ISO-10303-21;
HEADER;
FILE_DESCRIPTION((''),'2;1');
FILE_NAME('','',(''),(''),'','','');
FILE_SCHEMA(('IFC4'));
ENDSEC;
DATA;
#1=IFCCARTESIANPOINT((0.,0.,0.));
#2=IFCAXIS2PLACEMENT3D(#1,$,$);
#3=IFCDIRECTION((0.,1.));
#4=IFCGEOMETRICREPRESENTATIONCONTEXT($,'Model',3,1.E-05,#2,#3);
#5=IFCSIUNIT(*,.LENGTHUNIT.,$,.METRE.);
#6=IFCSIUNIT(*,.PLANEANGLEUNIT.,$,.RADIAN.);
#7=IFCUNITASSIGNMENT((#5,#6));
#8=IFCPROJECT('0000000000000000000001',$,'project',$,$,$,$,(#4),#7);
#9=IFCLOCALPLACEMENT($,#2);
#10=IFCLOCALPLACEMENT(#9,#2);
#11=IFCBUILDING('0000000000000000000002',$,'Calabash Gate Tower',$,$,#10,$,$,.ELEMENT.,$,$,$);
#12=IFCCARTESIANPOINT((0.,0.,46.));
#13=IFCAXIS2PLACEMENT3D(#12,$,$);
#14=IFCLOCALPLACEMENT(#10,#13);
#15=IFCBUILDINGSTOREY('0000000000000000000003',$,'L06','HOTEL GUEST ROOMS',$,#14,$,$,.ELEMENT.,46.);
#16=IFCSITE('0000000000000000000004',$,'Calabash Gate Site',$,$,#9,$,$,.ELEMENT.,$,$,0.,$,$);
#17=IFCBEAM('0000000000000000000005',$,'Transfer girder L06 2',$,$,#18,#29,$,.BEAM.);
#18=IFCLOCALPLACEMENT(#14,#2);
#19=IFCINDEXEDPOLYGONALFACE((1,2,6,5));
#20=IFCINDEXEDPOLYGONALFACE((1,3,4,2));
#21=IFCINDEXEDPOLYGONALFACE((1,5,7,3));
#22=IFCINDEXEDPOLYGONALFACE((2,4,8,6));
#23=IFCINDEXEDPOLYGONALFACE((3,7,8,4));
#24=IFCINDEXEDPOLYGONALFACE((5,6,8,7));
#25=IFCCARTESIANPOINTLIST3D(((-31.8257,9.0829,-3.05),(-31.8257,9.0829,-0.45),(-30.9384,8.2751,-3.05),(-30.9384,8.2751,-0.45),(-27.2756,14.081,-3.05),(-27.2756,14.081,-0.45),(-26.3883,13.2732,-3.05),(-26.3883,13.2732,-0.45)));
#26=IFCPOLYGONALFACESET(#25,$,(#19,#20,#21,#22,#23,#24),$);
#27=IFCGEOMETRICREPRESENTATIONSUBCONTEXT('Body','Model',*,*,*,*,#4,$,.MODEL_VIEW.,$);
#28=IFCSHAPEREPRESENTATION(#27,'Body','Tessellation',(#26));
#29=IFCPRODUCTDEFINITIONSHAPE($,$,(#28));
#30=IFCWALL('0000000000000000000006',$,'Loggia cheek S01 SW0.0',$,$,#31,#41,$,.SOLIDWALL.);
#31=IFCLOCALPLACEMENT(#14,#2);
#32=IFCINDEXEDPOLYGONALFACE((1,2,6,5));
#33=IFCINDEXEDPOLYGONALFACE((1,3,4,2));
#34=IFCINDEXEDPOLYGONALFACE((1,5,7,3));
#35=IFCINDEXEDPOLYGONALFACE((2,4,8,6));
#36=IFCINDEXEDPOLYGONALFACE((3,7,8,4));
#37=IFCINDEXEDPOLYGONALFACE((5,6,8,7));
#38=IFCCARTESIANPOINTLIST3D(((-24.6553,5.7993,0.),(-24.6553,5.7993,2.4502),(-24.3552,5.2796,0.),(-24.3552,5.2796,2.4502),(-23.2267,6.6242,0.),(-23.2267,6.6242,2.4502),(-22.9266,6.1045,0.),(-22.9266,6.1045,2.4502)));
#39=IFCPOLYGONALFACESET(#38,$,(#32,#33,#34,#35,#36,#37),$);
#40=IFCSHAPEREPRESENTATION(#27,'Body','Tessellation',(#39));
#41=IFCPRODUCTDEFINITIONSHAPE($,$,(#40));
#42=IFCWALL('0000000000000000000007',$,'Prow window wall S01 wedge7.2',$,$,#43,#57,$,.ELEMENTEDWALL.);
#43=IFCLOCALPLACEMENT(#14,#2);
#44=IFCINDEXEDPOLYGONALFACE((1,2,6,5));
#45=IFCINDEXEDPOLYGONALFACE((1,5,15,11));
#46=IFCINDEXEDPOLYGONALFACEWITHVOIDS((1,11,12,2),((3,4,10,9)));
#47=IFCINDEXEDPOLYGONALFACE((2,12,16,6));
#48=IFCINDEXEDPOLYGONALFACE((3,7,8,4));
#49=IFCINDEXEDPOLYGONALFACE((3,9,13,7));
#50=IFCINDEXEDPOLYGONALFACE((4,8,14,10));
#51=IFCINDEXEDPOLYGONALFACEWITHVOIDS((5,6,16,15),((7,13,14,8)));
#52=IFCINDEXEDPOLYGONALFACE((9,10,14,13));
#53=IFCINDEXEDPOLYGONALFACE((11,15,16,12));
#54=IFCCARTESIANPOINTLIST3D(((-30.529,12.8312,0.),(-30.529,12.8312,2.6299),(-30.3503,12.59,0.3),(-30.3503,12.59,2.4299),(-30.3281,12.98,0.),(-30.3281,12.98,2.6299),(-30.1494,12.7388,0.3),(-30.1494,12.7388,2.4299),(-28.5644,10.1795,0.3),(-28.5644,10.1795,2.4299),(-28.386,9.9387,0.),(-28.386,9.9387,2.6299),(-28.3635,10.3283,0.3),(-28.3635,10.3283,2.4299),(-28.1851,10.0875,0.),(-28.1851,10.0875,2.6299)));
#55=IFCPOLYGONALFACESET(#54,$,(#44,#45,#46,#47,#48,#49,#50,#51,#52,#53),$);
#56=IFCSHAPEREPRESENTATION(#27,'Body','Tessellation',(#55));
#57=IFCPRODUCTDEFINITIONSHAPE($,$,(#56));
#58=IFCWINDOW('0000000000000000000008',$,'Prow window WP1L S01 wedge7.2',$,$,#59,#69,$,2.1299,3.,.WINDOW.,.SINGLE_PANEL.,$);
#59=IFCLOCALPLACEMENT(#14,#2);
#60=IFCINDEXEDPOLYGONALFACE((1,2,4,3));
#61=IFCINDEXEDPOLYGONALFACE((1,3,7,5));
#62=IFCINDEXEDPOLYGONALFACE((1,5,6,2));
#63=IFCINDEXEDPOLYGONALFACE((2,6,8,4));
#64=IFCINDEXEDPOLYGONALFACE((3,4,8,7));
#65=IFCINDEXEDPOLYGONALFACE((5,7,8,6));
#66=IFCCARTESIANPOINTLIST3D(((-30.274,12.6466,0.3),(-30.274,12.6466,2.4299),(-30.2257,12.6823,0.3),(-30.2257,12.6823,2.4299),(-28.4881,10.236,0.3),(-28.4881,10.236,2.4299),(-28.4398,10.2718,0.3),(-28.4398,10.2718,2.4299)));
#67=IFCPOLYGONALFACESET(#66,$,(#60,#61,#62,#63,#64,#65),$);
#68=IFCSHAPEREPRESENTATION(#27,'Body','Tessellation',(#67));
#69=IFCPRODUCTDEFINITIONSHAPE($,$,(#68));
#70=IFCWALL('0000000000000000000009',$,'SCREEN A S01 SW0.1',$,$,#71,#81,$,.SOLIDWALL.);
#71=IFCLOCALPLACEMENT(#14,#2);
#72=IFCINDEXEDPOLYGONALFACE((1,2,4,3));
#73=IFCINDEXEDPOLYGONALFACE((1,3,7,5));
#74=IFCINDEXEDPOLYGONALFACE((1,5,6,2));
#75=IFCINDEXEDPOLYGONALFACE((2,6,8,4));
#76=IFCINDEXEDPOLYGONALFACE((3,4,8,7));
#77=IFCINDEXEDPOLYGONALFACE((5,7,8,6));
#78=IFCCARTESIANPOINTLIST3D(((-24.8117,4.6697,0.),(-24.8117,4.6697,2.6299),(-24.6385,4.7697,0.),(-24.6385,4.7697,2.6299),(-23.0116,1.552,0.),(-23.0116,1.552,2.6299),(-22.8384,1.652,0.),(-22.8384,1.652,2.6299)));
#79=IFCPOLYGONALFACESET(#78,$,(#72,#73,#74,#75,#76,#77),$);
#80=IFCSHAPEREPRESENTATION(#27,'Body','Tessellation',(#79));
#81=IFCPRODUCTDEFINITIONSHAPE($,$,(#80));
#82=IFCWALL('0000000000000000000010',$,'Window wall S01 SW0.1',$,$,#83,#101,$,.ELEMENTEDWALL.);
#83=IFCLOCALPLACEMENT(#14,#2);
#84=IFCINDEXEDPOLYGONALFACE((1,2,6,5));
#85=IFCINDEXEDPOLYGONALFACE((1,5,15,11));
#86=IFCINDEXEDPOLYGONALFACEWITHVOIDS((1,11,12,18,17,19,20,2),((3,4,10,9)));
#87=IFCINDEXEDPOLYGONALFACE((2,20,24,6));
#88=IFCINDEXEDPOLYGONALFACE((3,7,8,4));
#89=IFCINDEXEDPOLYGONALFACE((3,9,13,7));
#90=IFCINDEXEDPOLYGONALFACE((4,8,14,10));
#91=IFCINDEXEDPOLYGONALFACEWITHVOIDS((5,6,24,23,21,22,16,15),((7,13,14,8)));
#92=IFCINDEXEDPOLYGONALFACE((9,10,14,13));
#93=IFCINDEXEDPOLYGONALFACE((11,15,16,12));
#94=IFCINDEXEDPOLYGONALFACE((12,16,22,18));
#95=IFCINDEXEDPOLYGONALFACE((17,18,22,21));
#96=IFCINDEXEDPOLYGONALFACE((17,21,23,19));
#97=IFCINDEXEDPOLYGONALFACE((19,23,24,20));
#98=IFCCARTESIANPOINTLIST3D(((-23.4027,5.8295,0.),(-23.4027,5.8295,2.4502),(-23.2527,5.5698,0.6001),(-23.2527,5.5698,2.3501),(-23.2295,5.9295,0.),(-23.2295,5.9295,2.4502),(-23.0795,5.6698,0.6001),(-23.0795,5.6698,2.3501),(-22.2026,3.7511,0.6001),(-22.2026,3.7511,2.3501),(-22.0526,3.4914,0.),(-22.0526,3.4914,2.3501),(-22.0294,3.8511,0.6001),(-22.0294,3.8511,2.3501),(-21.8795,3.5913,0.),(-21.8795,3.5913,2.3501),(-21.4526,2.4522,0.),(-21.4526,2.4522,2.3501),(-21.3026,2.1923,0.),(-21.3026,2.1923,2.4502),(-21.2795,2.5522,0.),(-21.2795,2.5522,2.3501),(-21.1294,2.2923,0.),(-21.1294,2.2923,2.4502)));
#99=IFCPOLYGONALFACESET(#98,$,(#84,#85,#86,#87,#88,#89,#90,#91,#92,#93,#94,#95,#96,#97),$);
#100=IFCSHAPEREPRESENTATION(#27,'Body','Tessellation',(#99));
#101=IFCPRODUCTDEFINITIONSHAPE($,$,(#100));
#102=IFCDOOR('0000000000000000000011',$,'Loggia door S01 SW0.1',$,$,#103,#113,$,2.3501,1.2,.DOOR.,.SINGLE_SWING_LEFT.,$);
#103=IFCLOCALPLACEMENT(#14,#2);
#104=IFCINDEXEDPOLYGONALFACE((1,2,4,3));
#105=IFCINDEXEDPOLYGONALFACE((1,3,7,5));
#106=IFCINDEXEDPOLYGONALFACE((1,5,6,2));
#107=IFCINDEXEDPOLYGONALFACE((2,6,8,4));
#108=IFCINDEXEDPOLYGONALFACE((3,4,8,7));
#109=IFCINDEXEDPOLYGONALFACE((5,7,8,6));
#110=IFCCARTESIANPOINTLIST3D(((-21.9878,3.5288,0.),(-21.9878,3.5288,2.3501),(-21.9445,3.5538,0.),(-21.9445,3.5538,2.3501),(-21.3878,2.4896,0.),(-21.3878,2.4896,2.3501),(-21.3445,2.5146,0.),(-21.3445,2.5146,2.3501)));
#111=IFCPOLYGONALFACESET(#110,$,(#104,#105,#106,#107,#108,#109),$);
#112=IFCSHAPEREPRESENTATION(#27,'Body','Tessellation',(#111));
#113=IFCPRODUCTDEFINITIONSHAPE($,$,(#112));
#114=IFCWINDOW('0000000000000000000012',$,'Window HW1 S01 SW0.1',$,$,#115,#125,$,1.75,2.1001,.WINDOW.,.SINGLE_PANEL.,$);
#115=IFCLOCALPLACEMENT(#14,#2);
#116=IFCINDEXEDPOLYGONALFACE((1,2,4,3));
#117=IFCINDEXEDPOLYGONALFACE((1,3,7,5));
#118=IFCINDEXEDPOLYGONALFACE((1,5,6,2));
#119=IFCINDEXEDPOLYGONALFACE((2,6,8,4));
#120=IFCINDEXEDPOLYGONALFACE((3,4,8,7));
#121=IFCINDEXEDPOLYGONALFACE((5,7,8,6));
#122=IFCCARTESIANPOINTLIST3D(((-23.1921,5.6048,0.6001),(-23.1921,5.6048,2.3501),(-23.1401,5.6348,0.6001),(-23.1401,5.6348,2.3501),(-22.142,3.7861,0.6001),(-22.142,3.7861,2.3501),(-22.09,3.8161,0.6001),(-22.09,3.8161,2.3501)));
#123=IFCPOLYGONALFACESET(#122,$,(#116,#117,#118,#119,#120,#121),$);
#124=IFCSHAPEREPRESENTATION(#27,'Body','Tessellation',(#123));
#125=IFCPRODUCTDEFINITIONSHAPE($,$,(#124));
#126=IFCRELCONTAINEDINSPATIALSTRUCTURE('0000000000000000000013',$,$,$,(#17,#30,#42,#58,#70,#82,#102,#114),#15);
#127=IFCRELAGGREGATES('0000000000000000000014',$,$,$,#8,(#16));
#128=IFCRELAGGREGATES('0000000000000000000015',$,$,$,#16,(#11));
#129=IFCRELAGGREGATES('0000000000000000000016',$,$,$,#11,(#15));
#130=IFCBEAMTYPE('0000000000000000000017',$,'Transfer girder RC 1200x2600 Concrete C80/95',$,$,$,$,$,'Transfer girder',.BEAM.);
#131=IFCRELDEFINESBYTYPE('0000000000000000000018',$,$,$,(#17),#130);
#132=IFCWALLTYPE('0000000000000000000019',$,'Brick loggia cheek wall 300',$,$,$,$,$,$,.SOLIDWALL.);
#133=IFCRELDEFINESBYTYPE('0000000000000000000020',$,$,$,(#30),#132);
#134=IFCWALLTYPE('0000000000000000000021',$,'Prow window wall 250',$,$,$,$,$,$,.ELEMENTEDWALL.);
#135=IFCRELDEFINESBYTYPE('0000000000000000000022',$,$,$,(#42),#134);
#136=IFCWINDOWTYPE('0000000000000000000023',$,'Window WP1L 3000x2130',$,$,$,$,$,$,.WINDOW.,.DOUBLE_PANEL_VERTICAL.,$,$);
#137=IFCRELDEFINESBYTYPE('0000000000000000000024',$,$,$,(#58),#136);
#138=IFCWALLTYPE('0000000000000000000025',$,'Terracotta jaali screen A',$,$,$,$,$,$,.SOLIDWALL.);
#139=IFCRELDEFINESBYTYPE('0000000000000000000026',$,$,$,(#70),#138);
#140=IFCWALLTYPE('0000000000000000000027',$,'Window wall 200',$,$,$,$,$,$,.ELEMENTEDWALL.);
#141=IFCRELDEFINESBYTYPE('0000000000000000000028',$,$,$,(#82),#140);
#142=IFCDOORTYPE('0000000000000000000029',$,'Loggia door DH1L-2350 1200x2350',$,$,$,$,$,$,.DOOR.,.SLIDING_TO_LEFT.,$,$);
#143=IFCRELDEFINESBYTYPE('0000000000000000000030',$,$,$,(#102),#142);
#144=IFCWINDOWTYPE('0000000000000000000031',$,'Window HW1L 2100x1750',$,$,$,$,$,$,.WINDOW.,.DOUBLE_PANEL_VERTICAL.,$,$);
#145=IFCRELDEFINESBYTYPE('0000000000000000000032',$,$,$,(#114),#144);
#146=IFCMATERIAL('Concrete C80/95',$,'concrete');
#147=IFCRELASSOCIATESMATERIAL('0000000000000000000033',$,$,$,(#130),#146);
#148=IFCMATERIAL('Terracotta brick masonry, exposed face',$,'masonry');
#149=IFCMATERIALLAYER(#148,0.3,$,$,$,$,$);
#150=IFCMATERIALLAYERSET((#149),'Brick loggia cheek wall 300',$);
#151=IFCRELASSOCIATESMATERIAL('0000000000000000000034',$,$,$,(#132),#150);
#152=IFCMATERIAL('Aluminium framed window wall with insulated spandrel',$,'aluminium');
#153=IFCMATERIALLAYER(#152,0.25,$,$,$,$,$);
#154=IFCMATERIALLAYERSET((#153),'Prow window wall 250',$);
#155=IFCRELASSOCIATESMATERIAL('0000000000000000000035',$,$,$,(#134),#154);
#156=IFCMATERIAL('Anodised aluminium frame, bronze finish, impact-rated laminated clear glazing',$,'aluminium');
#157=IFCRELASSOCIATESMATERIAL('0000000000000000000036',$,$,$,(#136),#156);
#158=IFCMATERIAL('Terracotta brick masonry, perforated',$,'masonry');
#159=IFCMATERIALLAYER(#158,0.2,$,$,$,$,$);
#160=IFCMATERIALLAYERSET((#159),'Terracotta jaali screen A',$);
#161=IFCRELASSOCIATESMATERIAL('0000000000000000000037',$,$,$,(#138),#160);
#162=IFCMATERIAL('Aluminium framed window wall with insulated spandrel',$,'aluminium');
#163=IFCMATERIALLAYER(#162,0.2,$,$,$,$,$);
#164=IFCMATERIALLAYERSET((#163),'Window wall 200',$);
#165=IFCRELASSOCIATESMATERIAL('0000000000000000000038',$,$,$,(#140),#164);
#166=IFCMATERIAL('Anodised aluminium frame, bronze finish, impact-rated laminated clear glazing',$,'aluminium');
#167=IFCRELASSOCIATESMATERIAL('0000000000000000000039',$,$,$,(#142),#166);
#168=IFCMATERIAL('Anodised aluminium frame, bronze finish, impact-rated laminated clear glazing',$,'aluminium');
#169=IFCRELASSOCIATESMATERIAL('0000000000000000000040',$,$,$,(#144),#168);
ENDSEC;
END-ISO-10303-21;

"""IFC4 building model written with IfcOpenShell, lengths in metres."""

from ifc_helpers import new_model, si_unit, direction, frame, frame_2d, origin, origin_2d, place, context, subcontext, project, spatial, rectangle, extrude, material, layer, layer_set, material_profile, profile_set, type_object, element, fill, save


model = new_model("IFC4")

# Units and contexts
model_context = context("Model", 3, precision=1e-05, world=origin(), true_north=direction((0.0, 1.0)))
body_context = subcontext(model_context, "Body", "Model", "MODEL_VIEW")
ifc_project = project(units=[si_unit("LENGTHUNIT", "METRE"), si_unit("PLANEANGLEUNIT", "RADIAN")], contexts=[model_context])

# Site, building, storey
site_placement = place(None, origin())
site = spatial("IfcSite", under=ifc_project, at=site_placement, Name="Calabash Gate Site", CompositionType="ELEMENT", RefElevation=0.0)
building_placement = place(site_placement, origin())
building = spatial("IfcBuilding", under=site, at=building_placement, Name="Calabash Gate Tower", CompositionType="ELEMENT")
storey_placement = place(building_placement, frame((0.0, 0.0, 46.0)))
storey = spatial("IfcBuildingStorey", under=building, at=storey_placement, Name="L06", Description="HOTEL GUEST ROOMS", CompositionType="ELEMENT", Elevation=46.0)

# Beam
ifc_material_1 = material(Name="Concrete C80/95", Category="concrete")
ifc_material_profile_1 = material_profile(ifc_material_1, rectangle(XDim=1.2, YDim=2.6001, at=origin_2d()))
ifc_profile_set_1 = profile_set([ifc_material_profile_1], Name="Concrete C80/95")
beam_type_1 = type_object("IfcBeamType", Name="Transfer girder RC 1200x2600 Concrete C80/95", ElementType="Transfer girder", PredefinedType="BEAM", material=ifc_profile_set_1)
beam_1_placement = place(storey_placement, frame((-31.3821, 8.679, -1.75), z_axis=(0.673189, 0.739471, 0.0), x_axis=(-0.739471, 0.673189, 0.0)))
element("IfcBeam", 1, at=beam_1_placement, inside=storey, type_object=beam_type_1, Name="Transfer girder L06 2", PredefinedType="BEAM", context=body_context, shape_type="SweptSolid", body=[
    extrude(rectangle(XDim=1.2, YDim=2.6001, at=origin_2d()), origin(), (0.0, 0.0, 1.0), 6.759),
])

# Wall
ifc_material_2 = material(Name="Terracotta brick masonry, exposed face", Category="masonry")
ifc_layer_1 = layer(ifc_material_2, 0.3)
ifc_layer_set_1 = layer_set([ifc_layer_1], Name="Brick loggia cheek wall 300")
wall_type_1 = type_object("IfcWallType", Name="Brick loggia cheek wall 300", PredefinedType="SOLIDWALL", material=ifc_layer_set_1)
wall_1_placement = place(storey_placement, frame((-24.5051, 5.5396, 0.0), z_axis=(0.0, 0.0, 1.0), x_axis=(0.866003, 0.500038, 0.0)))
element("IfcWall", 2, at=wall_1_placement, inside=storey, type_object=wall_type_1, Name="Loggia cheek S01 SW0.0", PredefinedType="SOLIDWALL", context=body_context, shape_type="SweptSolid", body=[
    extrude(rectangle(XDim=1.6497, YDim=0.6001, at=frame_2d((0.8247, 0.0))), origin(), (0.0, 0.0, 1.0), 2.4502),
])

# Wall, opening, window
ifc_material_3 = material(Name="Aluminium framed window wall with insulated spandrel", Category="aluminium")
ifc_layer_2 = layer(ifc_material_3, 0.25)
ifc_layer_set_2 = layer_set([ifc_layer_2], Name="Prow window wall 250")
wall_type_2 = type_object("IfcWallType", Name="Prow window wall 250", PredefinedType="ELEMENTEDWALL", material=ifc_layer_set_2)
wall_2_placement = place(storey_placement, frame((-30.4285, 12.9055, 0.0), z_axis=(0.0, 0.0, 1.0), x_axis=(0.595302, -0.803502, 0.0)))
wall_2 = element("IfcWall", 3, at=wall_2_placement, inside=storey, type_object=wall_type_2, Name="Prow window wall S01 wedge7.2", PredefinedType="ELEMENTEDWALL", context=body_context, shape_type="SweptSolid", body=[
    extrude(rectangle(XDim=3.5999, YDim=0.25, at=frame_2d((1.7998, 0.0))), origin(), (0.0, 0.0, 1.0), 2.6299),
])
opening_1_placement = place(wall_2_placement, frame((0.3, 0.0, 0.3)))
opening_1 = element("IfcOpeningElement", 4, at=opening_1_placement, cuts=wall_2, PredefinedType="OPENING", context=body_context, shape_type="SweptSolid", body=[
    extrude(rectangle(XDim=3.0, YDim=2.1299, at=frame_2d((1.5, 1.0649))), frame((0.0, 0.135, 0.0), z_axis=(0.0, -1.0, 0.0), x_axis=(1.0, 0.0, 0.0)), (0.0, 0.0, 1.0), 0.27),
])
ifc_material_4 = material(Name="Anodised aluminium frame, bronze finish, impact-rated laminated clear glazing", Category="aluminium")
window_type_1 = type_object("IfcWindowType", Name="Window WP1L 3000x2130", PartitioningType="DOUBLE_PANEL_VERTICAL", PredefinedType="WINDOW", material=ifc_material_4)
window_1_placement = place(opening_1_placement, origin())
window_1 = element("IfcWindow", 5, at=window_1_placement, inside=storey, type_object=window_type_1, Name="Prow window WP1L S01 wedge7.2", OverallHeight=2.1299, OverallWidth=3.0, PartitioningType="SINGLE_PANEL", PredefinedType="WINDOW", context=body_context, shape_type="SweptSolid", body=[
    extrude(rectangle(XDim=3.0, YDim=2.1299, at=frame_2d((1.5, 1.0649))), frame((0.0, 0.03, 0.0), z_axis=(0.0, -1.0, 0.0), x_axis=(1.0, 0.0, 0.0)), (0.0, 0.0, 1.0), 0.0601),
])
fill(opening_1, window_1)

# Wall
ifc_material_5 = material(Name="Terracotta brick masonry, perforated", Category="masonry")
ifc_layer_3 = layer(ifc_material_5, 0.2)
ifc_layer_set_3 = layer_set([ifc_layer_3], Name="Terracotta jaali screen A")
wall_type_3 = type_object("IfcWallType", Name="Terracotta jaali screen A", PredefinedType="SOLIDWALL", material=ifc_layer_set_3)
wall_3_placement = place(storey_placement, frame((-24.7251, 4.7197, 0.0), z_axis=(0.0, 0.0, 1.0), x_axis=(0.500012, -0.866018, 0.0)))
element("IfcWall", 6, at=wall_3_placement, inside=storey, type_object=wall_type_3, Name="SCREEN A S01 SW0.1", PredefinedType="SOLIDWALL", context=body_context, shape_type="SweptSolid", body=[
    extrude(rectangle(XDim=3.6001, YDim=0.2, at=frame_2d((1.8, 0.0))), origin(), (0.0, 0.0, 1.0), 2.6299),
])

# Wall, openings, door, window
ifc_material_6 = material(Name="Aluminium framed window wall with insulated spandrel", Category="aluminium")
ifc_layer_4 = layer(ifc_material_6, 0.2)
ifc_layer_set_4 = layer_set([ifc_layer_4], Name="Window wall 200")
wall_type_4 = type_object("IfcWallType", Name="Window wall 200", PredefinedType="ELEMENTEDWALL", material=ifc_layer_set_4)
wall_4_placement = place(storey_placement, frame((-23.3162, 5.8796, 0.0), z_axis=(0.0, 0.0, 1.0), x_axis=(0.500028, -0.866009, 0.0)))
wall_4 = element("IfcWall", 7, at=wall_4_placement, inside=storey, type_object=wall_type_4, Name="Window wall S01 SW0.1", PredefinedType="ELEMENTEDWALL", context=body_context, shape_type="SweptSolid", body=[
    extrude(rectangle(XDim=4.2, YDim=0.2, at=frame_2d((2.1001, 0.0))), origin(), (0.0, 0.0, 1.0), 2.4502),
])
opening_2_placement = place(wall_4_placement, frame((0.3, 0.0, 0.6001)))
opening_2 = element("IfcOpeningElement", 8, at=opening_2_placement, cuts=wall_4, PredefinedType="OPENING", context=body_context, shape_type="SweptSolid", body=[
    extrude(rectangle(XDim=2.1001, YDim=1.75, at=frame_2d((1.05, 0.875))), frame((0.0, 0.1099, 0.0), z_axis=(0.0, -1.0, 0.0), x_axis=(1.0, 0.0, 0.0)), (0.0, 0.0, 1.0), 0.22),
])
opening_3_placement = place(wall_4_placement, frame((2.7, 0.0, 0.0)))
opening_3 = element("IfcOpeningElement", 9, at=opening_3_placement, cuts=wall_4, PredefinedType="OPENING", context=body_context, shape_type="SweptSolid", body=[
    extrude(rectangle(XDim=1.2, YDim=2.3501, at=frame_2d((0.6001, 1.175))), frame((0.0, 0.1099, 0.0), z_axis=(0.0, -1.0, 0.0), x_axis=(1.0, 0.0, 0.0)), (0.0, 0.0, 1.0), 0.22),
])
ifc_material_7 = material(Name="Anodised aluminium frame, bronze finish, impact-rated laminated clear glazing", Category="aluminium")
door_type = type_object("IfcDoorType", Name="Loggia door DH1L-2350 1200x2350", OperationType="SLIDING_TO_LEFT", PredefinedType="DOOR", material=ifc_material_7)
door_placement = place(opening_3_placement, origin())
door = element("IfcDoor", 10, at=door_placement, inside=storey, type_object=door_type, Name="Loggia door S01 SW0.1", OperationType="SINGLE_SWING_LEFT", OverallHeight=2.3501, OverallWidth=1.2, PredefinedType="DOOR", context=body_context, shape_type="SweptSolid", body=[
    extrude(rectangle(XDim=1.2, YDim=2.3501, at=frame_2d((0.6001, 1.175))), frame((0.0, 0.0249, 0.0), z_axis=(0.0, -1.0, 0.0), x_axis=(1.0, 0.0, 0.0)), (0.0, 0.0, 1.0), 0.05),
])
fill(opening_3, door)
ifc_material_8 = material(Name="Anodised aluminium frame, bronze finish, impact-rated laminated clear glazing", Category="aluminium")
window_type_2 = type_object("IfcWindowType", Name="Window HW1L 2100x1750", PartitioningType="DOUBLE_PANEL_VERTICAL", PredefinedType="WINDOW", material=ifc_material_8)
window_2_placement = place(opening_2_placement, origin())
window_2 = element("IfcWindow", 11, at=window_2_placement, inside=storey, type_object=window_type_2, Name="Window HW1 S01 SW0.1", OverallHeight=1.75, OverallWidth=2.1001, PartitioningType="SINGLE_PANEL", PredefinedType="WINDOW", context=body_context, shape_type="SweptSolid", body=[
    extrude(rectangle(XDim=2.1001, YDim=1.75, at=frame_2d((1.05, 0.875))), frame((0.0, 0.03, 0.0), z_axis=(0.0, -1.0, 0.0), x_axis=(1.0, 0.0, 0.0)), (0.0, 0.0, 1.0), 0.0601),
])
fill(opening_2, window_2)

save(model, "model.ifc")
